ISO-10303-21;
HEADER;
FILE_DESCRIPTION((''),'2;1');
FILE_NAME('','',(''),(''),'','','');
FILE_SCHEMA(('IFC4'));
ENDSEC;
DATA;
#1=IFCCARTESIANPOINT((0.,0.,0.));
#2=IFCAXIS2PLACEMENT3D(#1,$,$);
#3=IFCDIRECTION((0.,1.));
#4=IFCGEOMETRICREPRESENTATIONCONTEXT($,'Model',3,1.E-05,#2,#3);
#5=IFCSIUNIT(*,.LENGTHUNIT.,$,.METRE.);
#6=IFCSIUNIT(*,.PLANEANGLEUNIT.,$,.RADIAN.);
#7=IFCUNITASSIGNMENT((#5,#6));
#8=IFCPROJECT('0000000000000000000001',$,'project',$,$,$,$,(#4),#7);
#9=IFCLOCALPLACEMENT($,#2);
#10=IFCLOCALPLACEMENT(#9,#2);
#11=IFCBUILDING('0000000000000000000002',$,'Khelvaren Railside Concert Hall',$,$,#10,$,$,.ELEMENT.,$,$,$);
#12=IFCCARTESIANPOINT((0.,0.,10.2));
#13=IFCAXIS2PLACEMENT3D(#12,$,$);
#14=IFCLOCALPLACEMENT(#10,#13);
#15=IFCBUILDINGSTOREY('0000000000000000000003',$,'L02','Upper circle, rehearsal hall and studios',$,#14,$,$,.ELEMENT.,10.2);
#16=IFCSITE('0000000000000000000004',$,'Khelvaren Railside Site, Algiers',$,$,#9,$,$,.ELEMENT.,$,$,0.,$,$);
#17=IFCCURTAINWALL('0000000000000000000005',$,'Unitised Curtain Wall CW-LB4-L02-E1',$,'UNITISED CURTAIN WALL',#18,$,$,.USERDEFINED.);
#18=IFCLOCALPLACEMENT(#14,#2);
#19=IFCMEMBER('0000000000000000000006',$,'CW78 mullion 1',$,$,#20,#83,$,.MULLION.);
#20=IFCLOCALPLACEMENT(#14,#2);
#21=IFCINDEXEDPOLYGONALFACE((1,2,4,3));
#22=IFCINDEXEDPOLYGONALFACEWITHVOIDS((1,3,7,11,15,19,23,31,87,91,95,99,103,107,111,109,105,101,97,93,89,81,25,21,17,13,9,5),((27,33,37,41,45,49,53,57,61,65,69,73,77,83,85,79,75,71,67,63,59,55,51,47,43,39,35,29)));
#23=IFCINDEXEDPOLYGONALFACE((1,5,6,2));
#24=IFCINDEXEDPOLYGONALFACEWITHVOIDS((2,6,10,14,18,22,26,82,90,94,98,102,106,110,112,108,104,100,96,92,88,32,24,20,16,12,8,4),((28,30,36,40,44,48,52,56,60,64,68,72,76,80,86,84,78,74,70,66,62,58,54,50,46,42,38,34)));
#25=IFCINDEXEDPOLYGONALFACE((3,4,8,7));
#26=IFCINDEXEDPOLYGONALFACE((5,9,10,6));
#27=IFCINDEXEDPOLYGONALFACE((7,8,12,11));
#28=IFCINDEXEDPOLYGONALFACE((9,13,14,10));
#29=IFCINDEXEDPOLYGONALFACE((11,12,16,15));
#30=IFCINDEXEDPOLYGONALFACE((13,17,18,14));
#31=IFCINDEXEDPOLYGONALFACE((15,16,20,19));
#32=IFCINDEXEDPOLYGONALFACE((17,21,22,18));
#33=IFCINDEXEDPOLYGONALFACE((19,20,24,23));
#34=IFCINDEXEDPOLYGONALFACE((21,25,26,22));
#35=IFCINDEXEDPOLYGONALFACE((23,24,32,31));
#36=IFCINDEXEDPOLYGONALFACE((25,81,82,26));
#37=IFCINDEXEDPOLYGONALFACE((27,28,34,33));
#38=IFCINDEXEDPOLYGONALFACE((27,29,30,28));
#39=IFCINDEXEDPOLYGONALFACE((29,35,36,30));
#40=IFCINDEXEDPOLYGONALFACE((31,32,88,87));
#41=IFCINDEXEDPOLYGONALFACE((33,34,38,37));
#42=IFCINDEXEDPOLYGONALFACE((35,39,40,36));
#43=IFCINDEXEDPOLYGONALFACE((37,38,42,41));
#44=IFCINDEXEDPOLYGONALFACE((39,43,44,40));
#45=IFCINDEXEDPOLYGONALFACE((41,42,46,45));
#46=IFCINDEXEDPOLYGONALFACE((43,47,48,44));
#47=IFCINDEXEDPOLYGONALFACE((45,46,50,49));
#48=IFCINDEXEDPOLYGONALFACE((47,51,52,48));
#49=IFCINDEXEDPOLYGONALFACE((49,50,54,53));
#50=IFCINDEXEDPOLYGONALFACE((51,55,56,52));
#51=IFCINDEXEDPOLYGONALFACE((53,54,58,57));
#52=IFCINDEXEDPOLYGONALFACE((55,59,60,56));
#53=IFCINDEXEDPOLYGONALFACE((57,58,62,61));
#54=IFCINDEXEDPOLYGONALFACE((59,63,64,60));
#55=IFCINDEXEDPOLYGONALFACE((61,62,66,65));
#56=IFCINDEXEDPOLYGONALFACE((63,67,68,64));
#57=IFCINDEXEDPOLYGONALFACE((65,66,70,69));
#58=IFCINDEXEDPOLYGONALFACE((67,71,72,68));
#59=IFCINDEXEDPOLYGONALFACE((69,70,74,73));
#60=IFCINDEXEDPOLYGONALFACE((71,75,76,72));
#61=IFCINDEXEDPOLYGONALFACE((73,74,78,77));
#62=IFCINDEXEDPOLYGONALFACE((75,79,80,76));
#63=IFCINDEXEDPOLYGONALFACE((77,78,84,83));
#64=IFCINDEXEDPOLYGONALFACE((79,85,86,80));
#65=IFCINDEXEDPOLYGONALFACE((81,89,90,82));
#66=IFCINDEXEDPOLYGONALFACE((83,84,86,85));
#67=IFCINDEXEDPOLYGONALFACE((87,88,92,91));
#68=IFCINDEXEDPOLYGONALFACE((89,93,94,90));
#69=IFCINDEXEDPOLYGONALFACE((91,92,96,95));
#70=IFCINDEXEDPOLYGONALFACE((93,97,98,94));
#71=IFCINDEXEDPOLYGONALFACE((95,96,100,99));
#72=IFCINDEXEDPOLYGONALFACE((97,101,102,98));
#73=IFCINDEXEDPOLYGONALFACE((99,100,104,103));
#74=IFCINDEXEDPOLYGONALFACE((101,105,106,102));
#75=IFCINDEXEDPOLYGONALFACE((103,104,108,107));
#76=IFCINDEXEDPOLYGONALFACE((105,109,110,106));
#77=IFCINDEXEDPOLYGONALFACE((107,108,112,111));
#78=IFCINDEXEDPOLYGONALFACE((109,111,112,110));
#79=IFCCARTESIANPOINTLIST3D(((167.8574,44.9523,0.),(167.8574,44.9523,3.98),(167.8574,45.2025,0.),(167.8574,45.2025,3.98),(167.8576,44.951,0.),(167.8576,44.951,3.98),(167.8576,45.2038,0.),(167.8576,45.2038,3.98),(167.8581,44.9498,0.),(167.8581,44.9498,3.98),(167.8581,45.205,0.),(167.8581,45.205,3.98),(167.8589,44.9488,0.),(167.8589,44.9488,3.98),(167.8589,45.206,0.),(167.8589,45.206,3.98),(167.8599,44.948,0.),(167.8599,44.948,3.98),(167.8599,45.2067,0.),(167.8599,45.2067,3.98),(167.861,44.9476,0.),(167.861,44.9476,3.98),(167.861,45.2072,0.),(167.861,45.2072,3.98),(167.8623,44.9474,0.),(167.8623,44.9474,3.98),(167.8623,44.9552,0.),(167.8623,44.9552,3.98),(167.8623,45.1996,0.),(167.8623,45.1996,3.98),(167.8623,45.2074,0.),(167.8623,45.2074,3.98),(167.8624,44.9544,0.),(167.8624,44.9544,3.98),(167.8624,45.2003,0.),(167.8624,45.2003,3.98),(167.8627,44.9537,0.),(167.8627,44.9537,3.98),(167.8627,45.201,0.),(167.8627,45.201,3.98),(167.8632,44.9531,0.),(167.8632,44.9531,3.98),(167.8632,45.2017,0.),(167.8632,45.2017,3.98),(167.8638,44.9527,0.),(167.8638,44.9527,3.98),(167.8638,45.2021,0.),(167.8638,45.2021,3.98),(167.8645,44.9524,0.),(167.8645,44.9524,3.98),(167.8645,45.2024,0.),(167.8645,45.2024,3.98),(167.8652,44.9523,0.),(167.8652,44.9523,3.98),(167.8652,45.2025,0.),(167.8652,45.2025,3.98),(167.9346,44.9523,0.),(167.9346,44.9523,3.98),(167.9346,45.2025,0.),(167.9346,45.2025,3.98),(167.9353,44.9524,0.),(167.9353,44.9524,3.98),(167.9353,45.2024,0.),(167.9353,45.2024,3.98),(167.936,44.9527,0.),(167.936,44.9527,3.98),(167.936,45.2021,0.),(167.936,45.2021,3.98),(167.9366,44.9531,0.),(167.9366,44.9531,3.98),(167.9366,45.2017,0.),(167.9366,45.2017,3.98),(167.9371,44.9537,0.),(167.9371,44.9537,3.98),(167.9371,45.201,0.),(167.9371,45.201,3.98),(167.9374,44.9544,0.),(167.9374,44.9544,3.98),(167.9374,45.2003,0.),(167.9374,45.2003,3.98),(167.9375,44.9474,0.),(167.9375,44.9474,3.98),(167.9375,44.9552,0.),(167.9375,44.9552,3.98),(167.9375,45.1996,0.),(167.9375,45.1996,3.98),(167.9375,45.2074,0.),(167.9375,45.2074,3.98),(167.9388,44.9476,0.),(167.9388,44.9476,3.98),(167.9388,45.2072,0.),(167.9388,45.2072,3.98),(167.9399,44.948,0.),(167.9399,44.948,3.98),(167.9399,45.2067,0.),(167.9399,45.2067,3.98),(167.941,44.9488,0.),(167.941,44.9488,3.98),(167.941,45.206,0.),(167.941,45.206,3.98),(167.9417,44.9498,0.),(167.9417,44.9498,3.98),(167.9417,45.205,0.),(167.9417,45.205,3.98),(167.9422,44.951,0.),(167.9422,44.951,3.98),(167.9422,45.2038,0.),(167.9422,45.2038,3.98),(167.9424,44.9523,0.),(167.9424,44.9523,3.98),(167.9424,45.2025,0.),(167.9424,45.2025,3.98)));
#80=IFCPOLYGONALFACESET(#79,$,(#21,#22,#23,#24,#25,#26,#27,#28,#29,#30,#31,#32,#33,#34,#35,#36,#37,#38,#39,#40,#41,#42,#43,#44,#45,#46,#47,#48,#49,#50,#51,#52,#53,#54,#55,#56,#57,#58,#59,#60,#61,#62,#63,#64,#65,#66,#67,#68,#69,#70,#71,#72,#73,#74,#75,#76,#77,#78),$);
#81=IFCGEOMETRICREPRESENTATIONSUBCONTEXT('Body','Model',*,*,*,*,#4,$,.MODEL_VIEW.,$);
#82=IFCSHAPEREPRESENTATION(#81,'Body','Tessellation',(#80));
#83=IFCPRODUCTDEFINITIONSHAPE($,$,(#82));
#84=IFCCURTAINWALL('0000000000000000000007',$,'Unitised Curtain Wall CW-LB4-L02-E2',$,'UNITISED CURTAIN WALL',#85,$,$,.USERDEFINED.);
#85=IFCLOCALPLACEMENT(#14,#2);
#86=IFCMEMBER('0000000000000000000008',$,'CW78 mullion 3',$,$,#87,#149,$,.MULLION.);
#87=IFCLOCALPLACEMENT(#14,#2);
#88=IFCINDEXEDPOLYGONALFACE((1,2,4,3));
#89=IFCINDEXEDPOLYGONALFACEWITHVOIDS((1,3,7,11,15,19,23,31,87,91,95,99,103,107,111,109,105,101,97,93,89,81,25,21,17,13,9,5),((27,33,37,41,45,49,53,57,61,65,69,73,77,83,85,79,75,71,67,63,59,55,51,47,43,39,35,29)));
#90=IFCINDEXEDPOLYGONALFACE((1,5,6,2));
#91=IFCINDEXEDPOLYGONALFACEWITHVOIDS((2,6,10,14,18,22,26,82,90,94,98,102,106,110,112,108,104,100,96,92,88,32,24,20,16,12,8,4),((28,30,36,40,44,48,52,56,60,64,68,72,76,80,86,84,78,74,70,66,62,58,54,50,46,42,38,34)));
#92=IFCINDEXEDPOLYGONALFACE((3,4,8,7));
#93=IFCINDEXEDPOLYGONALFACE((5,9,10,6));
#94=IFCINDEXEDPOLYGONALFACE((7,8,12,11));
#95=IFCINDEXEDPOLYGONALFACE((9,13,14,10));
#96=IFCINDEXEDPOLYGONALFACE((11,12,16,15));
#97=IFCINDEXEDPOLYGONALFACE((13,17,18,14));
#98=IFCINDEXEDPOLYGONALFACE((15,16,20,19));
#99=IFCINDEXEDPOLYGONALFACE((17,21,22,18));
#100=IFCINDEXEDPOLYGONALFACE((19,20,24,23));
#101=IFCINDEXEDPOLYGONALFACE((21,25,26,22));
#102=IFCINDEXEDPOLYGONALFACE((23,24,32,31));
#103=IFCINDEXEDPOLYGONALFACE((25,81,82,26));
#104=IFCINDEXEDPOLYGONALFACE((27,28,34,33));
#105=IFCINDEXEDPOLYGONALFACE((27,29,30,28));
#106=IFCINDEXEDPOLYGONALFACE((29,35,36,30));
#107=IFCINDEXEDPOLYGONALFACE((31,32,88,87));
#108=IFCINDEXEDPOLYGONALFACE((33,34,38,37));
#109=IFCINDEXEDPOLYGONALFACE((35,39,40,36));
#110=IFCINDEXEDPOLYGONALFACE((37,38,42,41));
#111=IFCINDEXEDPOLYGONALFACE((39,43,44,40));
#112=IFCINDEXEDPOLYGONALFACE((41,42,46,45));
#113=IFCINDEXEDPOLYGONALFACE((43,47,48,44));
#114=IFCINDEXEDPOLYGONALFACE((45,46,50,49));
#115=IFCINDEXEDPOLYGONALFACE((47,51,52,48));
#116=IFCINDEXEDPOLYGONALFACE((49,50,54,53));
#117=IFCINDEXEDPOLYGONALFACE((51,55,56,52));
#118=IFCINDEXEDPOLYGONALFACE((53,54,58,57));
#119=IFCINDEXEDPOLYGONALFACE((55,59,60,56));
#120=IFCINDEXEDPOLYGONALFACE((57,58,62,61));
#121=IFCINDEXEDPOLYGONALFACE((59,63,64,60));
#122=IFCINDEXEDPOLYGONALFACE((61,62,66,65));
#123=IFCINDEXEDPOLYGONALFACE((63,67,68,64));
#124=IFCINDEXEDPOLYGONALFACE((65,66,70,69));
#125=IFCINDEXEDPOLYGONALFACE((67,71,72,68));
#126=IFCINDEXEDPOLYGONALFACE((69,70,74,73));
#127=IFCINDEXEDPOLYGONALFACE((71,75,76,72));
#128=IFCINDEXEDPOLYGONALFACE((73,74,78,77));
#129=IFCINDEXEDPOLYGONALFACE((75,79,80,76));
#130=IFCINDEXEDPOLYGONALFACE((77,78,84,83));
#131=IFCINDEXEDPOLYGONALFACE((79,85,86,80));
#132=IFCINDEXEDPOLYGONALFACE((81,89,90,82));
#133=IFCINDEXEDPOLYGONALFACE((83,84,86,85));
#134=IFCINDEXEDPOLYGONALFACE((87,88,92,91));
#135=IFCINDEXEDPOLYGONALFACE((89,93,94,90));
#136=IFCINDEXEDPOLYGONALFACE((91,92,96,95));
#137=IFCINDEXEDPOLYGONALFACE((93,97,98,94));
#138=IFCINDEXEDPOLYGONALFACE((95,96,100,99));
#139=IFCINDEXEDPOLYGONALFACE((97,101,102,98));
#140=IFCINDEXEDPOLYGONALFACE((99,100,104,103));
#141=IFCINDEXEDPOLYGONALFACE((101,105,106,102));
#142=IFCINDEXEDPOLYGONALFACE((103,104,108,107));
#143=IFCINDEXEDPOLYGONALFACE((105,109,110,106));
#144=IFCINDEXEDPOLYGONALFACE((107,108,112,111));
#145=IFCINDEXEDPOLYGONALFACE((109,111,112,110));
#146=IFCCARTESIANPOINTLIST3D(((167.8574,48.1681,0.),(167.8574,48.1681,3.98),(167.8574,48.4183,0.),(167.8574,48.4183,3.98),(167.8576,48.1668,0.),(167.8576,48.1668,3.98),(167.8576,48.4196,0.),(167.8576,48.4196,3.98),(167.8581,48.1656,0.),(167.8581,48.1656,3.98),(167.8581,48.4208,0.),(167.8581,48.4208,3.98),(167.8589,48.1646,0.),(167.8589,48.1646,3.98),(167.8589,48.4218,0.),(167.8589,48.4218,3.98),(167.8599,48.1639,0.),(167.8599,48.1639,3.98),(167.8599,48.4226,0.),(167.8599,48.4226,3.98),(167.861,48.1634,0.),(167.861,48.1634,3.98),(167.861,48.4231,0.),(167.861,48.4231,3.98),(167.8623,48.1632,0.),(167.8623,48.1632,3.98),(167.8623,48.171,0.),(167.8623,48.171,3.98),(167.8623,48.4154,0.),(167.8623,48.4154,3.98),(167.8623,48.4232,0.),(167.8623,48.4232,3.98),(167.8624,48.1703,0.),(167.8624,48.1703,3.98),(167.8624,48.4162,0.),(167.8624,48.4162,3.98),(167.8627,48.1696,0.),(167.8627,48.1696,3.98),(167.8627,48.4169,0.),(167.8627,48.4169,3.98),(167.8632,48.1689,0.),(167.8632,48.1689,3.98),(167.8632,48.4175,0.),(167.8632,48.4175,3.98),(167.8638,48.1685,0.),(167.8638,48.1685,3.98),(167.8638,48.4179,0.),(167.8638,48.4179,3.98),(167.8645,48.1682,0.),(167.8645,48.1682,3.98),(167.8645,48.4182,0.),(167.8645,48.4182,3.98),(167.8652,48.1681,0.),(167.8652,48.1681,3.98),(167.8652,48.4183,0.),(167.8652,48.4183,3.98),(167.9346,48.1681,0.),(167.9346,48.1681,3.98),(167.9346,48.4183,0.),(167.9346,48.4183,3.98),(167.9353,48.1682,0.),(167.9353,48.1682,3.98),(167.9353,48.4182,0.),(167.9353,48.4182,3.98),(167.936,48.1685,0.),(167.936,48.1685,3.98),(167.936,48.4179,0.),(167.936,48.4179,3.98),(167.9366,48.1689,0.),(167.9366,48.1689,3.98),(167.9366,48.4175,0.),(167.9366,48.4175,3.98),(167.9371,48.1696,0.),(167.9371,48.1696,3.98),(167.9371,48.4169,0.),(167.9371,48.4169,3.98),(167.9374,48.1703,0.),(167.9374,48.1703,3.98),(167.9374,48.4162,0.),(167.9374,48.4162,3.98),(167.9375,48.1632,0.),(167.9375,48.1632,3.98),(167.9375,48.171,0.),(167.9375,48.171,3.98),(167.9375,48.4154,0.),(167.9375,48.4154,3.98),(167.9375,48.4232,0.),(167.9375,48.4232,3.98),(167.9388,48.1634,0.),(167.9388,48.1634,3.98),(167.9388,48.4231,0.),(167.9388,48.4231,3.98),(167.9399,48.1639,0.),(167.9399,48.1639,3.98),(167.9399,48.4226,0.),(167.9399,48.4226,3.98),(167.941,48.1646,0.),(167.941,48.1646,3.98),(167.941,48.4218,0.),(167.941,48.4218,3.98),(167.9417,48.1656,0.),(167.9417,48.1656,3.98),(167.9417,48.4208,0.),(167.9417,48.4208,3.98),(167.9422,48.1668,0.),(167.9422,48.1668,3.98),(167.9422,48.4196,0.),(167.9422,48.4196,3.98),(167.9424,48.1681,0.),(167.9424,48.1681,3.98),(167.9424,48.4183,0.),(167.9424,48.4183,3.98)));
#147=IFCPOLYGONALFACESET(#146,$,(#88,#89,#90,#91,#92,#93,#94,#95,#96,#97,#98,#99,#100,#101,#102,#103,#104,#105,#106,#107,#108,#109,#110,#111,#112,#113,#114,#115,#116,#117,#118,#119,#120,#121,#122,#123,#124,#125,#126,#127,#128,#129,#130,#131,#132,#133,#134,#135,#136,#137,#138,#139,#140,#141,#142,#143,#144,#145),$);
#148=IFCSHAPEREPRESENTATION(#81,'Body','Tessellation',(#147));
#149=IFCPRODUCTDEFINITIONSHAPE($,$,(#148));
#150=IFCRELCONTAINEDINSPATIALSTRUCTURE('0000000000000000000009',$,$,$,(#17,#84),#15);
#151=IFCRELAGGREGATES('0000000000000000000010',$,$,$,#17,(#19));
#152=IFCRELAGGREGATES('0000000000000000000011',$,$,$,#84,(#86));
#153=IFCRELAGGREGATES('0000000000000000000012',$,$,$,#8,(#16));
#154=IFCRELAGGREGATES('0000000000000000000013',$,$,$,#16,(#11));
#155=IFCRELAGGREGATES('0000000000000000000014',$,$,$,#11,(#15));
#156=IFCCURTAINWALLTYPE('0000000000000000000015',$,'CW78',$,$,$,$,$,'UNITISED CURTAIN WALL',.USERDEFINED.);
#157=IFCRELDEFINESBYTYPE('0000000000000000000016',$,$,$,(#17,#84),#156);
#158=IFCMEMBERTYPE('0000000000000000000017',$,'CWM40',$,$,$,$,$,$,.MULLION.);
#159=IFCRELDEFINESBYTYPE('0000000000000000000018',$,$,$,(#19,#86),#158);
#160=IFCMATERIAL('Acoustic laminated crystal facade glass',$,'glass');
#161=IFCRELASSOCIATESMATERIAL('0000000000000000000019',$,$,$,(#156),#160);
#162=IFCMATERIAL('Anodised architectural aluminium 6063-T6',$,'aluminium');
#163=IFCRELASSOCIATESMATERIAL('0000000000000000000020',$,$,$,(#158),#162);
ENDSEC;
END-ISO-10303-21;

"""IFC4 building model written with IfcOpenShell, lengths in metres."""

from ifc_helpers import new_model, si_unit, direction, frame, origin, origin_2d, place, context, subcontext, project, spatial, hollow_rectangle, extrude, material, material_profile, profile_set, type_object, element, aggregate, save


model = new_model("IFC4")

# Units and contexts
model_context = context("Model", 3, precision=1e-05, world=origin(), true_north=direction((0.0, 1.0)))
body_context = subcontext(model_context, "Body", "Model", "MODEL_VIEW")
ifc_project = project(units=[si_unit("LENGTHUNIT", "METRE"), si_unit("PLANEANGLEUNIT", "RADIAN")], contexts=[model_context])

# Site, building, storey
site_placement = place(None, origin())
site = spatial("IfcSite", under=ifc_project, at=site_placement, Name="Khelvaren Railside Site, Algiers", CompositionType="ELEMENT", RefElevation=0.0)
building_placement = place(site_placement, origin())
building = spatial("IfcBuilding", under=site, at=building_placement, Name="Khelvaren Railside Concert Hall", CompositionType="ELEMENT")
storey_placement = place(building_placement, frame((0.0, 0.0, 10.2)))
storey = spatial("IfcBuildingStorey", under=building, at=storey_placement, Name="L02", Description="Upper circle, rehearsal hall and studios", CompositionType="ELEMENT", Elevation=10.2)

# Curtain wall, member
ifc_material_1 = material(Name="Anodised architectural aluminium 6063-T6", Category="aluminium")
ifc_material_2 = material(Name="Acoustic laminated crystal facade glass", Category="glass")
curtain_wall_type_1 = type_object("IfcCurtainWallType", Name="CW78", ElementType="UNITISED CURTAIN WALL", PredefinedType="USERDEFINED", material=ifc_material_2)
curtain_wall_1_placement = place(storey_placement, origin())
curtain_wall_1 = element("IfcCurtainWall", 1, at=curtain_wall_1_placement, inside=storey, type_object=curtain_wall_type_1, Name="Unitised Curtain Wall CW-LB4-L02-E1", ObjectType="UNITISED CURTAIN WALL", PredefinedType="USERDEFINED")
ifc_material_profile_1 = material_profile(ifc_material_1, hollow_rectangle(XDim=0.085, YDim=0.26, WallThickness=0.0049, InnerFilletRadius=0.0029, OuterFilletRadius=0.0049, at=origin_2d()), Name="CWM 85x260x5")
ifc_profile_set_1 = profile_set([ifc_material_profile_1], Name="Anodised architectural aluminium 6063-T6")
member_type_1 = type_object("IfcMemberType", Name="CWM40", PredefinedType="MULLION", material=ifc_profile_set_1)
member_1_placement = place(storey_placement, frame((167.8999, 45.0774, 0.0), z_axis=(0.0, 0.0, 1.0), x_axis=(1.0, 0.0, 0.0)))
member_1 = element("IfcMember", 2, at=member_1_placement, type_object=member_type_1, Name="CW78 mullion 1", PredefinedType="MULLION", context=body_context, shape_type="SweptSolid", body=[
    extrude(hollow_rectangle(XDim=0.085, YDim=0.26, WallThickness=0.0049, InnerFilletRadius=0.0029, OuterFilletRadius=0.0049, at=origin_2d()), origin(), (0.0, 0.0, 1.0), 3.98),
])

# Curtain wall, member
curtain_wall_2_placement = place(storey_placement, origin())
curtain_wall_2 = element("IfcCurtainWall", 3, at=curtain_wall_2_placement, inside=storey, type_object=curtain_wall_type_1, Name="Unitised Curtain Wall CW-LB4-L02-E2", ObjectType="UNITISED CURTAIN WALL", PredefinedType="USERDEFINED")
member_2_placement = place(storey_placement, frame((167.8999, 48.2932, 0.0), z_axis=(0.0, 0.0, 1.0), x_axis=(1.0, 0.0, 0.0)))
member_2 = element("IfcMember", 4, at=member_2_placement, type_object=member_type_1, Name="CW78 mullion 3", PredefinedType="MULLION", context=body_context, shape_type="SweptSolid", body=[
    extrude(hollow_rectangle(XDim=0.085, YDim=0.26, WallThickness=0.0049, InnerFilletRadius=0.0029, OuterFilletRadius=0.0049, at=origin_2d()), origin(), (0.0, 0.0, 1.0), 3.98),
])

aggregate(curtain_wall_1, [member_1])

aggregate(curtain_wall_2, [member_2])

save(model, "model.ifc")
